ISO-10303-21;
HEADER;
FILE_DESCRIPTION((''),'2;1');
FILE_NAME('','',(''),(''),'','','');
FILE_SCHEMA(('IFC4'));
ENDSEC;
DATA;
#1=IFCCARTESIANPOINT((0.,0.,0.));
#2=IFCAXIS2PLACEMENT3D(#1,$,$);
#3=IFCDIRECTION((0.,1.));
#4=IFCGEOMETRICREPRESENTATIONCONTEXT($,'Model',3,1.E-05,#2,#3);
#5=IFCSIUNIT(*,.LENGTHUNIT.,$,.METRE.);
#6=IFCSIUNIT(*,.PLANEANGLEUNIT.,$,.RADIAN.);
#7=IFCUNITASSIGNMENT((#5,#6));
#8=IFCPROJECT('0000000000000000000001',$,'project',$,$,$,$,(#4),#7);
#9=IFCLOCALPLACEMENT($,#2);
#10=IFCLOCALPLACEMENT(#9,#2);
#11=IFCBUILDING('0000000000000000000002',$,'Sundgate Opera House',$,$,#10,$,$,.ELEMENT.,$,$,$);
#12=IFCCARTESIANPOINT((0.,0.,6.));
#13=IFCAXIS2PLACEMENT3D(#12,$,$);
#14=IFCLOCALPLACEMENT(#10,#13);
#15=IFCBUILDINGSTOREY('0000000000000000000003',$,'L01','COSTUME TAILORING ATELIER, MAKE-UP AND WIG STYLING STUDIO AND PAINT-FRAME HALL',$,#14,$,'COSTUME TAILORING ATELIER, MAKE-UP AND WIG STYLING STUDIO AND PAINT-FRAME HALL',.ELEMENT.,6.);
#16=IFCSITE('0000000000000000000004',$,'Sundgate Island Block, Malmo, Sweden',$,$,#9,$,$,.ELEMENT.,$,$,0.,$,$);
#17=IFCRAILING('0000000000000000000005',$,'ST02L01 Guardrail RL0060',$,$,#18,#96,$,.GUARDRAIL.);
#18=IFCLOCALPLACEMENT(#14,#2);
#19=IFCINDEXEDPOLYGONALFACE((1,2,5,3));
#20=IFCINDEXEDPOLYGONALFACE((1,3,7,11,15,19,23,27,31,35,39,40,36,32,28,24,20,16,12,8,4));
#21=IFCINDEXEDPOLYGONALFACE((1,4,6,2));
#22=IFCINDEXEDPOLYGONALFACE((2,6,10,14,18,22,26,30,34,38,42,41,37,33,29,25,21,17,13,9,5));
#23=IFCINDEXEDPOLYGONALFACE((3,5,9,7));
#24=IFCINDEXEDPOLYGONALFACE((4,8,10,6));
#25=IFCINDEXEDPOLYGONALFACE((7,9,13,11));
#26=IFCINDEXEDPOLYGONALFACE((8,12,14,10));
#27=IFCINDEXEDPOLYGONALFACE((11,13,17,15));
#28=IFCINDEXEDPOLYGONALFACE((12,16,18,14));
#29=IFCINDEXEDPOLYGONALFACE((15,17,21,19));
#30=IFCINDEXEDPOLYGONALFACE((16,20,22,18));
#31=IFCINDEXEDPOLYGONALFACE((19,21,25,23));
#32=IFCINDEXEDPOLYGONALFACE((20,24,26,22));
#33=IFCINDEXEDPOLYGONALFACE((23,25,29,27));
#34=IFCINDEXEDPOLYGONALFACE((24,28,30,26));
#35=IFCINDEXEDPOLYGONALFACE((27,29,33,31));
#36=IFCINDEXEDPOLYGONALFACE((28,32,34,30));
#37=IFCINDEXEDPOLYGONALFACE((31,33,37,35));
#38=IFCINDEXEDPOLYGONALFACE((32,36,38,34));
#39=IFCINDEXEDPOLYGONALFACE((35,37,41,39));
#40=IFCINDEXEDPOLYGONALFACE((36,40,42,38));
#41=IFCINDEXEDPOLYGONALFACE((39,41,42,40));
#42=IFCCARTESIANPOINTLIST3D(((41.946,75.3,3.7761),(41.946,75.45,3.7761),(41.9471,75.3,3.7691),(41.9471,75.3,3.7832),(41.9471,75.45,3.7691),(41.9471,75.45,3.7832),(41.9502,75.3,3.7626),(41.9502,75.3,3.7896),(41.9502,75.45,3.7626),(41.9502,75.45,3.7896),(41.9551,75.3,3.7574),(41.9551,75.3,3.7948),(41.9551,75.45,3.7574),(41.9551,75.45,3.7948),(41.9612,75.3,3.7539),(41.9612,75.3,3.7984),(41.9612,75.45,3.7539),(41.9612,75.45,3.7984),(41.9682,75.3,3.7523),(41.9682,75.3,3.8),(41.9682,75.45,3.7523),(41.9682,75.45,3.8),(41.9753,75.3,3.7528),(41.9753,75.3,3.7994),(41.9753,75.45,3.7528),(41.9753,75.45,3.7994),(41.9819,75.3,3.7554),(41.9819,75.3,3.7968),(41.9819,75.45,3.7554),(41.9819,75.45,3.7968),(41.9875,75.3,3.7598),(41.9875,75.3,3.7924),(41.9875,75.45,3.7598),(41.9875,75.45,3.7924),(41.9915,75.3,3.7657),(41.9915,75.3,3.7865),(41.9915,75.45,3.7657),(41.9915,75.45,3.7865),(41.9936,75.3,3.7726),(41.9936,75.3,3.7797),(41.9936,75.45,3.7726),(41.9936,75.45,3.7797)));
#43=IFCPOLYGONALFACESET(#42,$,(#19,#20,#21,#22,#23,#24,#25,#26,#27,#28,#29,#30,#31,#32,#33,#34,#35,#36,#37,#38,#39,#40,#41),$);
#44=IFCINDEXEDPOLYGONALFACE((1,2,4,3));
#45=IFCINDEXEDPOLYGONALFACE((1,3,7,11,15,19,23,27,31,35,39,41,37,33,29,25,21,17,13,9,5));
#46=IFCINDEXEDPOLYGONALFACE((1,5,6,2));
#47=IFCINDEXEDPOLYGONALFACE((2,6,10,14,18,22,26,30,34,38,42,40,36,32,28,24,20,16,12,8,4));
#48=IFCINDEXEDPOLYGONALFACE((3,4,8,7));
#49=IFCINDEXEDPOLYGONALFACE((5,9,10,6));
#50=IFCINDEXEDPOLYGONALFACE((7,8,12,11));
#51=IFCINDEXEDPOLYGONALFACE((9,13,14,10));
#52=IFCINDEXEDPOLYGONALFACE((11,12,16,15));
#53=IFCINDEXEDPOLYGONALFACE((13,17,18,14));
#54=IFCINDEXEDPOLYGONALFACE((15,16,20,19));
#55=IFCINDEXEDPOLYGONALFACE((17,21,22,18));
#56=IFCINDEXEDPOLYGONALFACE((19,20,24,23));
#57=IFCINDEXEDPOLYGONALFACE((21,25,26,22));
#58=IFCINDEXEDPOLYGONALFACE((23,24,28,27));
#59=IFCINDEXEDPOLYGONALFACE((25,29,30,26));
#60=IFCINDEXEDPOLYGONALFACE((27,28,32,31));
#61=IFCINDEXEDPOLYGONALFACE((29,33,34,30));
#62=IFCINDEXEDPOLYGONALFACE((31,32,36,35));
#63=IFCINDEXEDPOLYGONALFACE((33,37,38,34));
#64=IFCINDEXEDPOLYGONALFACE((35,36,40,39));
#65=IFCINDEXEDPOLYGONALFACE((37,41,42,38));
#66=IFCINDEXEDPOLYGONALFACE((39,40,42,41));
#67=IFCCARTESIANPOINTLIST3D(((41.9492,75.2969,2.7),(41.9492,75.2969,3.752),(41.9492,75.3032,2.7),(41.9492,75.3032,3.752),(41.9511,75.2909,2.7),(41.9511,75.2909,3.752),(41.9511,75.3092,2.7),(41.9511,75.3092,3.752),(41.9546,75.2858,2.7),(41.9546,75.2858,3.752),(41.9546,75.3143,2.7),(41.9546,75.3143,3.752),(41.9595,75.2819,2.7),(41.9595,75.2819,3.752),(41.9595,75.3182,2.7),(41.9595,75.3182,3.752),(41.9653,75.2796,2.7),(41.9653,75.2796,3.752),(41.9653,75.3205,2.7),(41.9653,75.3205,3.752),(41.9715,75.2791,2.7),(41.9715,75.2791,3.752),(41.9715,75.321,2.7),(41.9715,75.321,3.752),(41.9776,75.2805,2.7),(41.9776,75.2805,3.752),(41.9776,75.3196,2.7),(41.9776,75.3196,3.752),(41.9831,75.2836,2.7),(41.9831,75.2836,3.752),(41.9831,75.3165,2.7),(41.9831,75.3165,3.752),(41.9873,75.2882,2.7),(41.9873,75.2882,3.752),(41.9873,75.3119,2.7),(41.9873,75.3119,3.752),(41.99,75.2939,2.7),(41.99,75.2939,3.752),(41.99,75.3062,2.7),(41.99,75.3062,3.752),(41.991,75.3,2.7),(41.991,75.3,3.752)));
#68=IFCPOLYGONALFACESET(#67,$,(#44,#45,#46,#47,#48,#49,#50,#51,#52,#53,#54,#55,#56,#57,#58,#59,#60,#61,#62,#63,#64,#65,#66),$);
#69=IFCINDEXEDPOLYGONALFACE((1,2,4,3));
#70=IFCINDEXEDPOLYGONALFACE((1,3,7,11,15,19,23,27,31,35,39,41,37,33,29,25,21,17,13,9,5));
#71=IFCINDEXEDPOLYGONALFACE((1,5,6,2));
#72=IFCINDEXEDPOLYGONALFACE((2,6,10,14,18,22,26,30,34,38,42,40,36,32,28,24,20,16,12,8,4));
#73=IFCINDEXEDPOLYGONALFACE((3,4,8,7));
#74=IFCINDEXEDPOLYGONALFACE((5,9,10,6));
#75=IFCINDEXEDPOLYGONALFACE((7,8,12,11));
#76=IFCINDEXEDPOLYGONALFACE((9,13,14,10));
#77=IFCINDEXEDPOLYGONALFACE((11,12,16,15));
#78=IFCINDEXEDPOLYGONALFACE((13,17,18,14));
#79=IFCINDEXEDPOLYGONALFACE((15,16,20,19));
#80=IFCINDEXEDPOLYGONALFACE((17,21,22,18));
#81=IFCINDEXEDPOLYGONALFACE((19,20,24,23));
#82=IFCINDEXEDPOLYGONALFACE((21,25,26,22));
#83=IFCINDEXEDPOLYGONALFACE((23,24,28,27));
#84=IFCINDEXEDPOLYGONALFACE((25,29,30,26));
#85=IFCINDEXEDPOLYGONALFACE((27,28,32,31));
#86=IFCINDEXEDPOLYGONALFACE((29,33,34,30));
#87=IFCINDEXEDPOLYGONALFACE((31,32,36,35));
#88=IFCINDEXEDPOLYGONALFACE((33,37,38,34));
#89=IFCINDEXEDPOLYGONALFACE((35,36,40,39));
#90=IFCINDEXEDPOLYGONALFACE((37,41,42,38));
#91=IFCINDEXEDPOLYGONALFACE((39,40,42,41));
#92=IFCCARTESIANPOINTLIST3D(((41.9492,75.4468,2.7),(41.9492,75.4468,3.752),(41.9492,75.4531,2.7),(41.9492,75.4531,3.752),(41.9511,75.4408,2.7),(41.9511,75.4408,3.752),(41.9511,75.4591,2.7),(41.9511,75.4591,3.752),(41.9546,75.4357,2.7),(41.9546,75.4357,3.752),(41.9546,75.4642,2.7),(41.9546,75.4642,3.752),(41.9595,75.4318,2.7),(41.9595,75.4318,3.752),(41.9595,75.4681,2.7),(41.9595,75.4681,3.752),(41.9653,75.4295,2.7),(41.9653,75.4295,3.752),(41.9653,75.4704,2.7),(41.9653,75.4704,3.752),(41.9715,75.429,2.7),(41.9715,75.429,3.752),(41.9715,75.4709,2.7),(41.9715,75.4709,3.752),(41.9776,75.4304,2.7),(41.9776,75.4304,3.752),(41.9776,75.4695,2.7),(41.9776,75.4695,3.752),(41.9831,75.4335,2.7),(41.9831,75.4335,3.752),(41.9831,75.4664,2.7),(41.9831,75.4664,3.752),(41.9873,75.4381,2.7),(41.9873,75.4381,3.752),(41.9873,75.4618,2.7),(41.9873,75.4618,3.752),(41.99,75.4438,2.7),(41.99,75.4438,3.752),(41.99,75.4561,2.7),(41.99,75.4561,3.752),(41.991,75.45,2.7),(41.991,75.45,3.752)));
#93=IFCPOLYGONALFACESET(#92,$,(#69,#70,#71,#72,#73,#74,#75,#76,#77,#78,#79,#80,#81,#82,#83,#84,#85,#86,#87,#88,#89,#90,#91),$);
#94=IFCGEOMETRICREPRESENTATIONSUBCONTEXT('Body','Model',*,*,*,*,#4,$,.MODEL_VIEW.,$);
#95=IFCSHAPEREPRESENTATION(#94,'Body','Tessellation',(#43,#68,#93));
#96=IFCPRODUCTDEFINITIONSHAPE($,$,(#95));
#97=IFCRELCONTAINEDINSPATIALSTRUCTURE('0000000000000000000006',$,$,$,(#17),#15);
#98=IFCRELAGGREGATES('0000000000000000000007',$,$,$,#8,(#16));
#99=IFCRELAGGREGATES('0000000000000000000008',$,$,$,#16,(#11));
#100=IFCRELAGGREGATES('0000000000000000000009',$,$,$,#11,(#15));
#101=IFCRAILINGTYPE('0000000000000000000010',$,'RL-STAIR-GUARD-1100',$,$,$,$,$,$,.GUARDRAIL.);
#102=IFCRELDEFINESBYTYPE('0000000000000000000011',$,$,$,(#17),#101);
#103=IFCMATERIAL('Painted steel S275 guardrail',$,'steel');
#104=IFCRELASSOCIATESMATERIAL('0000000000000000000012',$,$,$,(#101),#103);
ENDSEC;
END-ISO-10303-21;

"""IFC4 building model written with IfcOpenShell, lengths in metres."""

from ifc_helpers import new_model, si_unit, direction, frame, origin, origin_2d, place, context, subcontext, project, spatial, circle, extrude, material, type_object, element, save


model = new_model("IFC4")

# Units and contexts
model_context = context("Model", 3, precision=1e-05, world=origin(), true_north=direction((0.0, 1.0)))
body_context = subcontext(model_context, "Body", "Model", "MODEL_VIEW")
ifc_project = project(units=[si_unit("LENGTHUNIT", "METRE"), si_unit("PLANEANGLEUNIT", "RADIAN")], contexts=[model_context])

# Site, building, storey
site_placement = place(None, origin())
site = spatial("IfcSite", under=ifc_project, at=site_placement, Name="Sundgate Island Block, Malmo, Sweden", CompositionType="ELEMENT", RefElevation=0.0)
building_placement = place(site_placement, origin())
building = spatial("IfcBuilding", under=site, at=building_placement, Name="Sundgate Opera House", CompositionType="ELEMENT")
storey_placement = place(building_placement, frame((0.0, 0.0, 6.0)))
storey = spatial("IfcBuildingStorey", under=building, at=storey_placement, Name="L01", Description="COSTUME TAILORING ATELIER, MAKE-UP AND WIG STYLING STUDIO AND PAINT-FRAME HALL", LongName="COSTUME TAILORING ATELIER, MAKE-UP AND WIG STYLING STUDIO AND PAINT-FRAME HALL", CompositionType="ELEMENT", Elevation=6.0)

# Railing
ifc_material_1 = material(Name="Painted steel S275 guardrail", Category="steel")
railing_type_1 = type_object("IfcRailingType", Name="RL-STAIR-GUARD-1100", PredefinedType="GUARDRAIL", material=ifc_material_1)
railing_1_placement = place(storey_placement, frame((41.97, 75.3, 2.7)))
element("IfcRailing", 1, at=railing_1_placement, inside=storey, type_object=railing_type_1, Name="ST02L01 Guardrail RL0060", PredefinedType="GUARDRAIL", context=body_context, shape_type="SweptSolid", body=[
    extrude(circle(Radius=0.0239, at=origin_2d()), frame((0.0, 0.0, 1.0762), z_axis=(0.0, 1.0, 0.0), x_axis=(-1.0, 0.0, 0.0)), (0.0, 0.0, 1.0), 0.1499),
    extrude(circle(Radius=0.021, at=origin_2d()), origin(), (0.0, 0.0, 1.0), 1.052),
    extrude(circle(Radius=0.021, at=origin_2d()), frame((0.0, 0.1499, 0.0)), (0.0, 0.0, 1.0), 1.052),
])

save(model, "model.ifc")
